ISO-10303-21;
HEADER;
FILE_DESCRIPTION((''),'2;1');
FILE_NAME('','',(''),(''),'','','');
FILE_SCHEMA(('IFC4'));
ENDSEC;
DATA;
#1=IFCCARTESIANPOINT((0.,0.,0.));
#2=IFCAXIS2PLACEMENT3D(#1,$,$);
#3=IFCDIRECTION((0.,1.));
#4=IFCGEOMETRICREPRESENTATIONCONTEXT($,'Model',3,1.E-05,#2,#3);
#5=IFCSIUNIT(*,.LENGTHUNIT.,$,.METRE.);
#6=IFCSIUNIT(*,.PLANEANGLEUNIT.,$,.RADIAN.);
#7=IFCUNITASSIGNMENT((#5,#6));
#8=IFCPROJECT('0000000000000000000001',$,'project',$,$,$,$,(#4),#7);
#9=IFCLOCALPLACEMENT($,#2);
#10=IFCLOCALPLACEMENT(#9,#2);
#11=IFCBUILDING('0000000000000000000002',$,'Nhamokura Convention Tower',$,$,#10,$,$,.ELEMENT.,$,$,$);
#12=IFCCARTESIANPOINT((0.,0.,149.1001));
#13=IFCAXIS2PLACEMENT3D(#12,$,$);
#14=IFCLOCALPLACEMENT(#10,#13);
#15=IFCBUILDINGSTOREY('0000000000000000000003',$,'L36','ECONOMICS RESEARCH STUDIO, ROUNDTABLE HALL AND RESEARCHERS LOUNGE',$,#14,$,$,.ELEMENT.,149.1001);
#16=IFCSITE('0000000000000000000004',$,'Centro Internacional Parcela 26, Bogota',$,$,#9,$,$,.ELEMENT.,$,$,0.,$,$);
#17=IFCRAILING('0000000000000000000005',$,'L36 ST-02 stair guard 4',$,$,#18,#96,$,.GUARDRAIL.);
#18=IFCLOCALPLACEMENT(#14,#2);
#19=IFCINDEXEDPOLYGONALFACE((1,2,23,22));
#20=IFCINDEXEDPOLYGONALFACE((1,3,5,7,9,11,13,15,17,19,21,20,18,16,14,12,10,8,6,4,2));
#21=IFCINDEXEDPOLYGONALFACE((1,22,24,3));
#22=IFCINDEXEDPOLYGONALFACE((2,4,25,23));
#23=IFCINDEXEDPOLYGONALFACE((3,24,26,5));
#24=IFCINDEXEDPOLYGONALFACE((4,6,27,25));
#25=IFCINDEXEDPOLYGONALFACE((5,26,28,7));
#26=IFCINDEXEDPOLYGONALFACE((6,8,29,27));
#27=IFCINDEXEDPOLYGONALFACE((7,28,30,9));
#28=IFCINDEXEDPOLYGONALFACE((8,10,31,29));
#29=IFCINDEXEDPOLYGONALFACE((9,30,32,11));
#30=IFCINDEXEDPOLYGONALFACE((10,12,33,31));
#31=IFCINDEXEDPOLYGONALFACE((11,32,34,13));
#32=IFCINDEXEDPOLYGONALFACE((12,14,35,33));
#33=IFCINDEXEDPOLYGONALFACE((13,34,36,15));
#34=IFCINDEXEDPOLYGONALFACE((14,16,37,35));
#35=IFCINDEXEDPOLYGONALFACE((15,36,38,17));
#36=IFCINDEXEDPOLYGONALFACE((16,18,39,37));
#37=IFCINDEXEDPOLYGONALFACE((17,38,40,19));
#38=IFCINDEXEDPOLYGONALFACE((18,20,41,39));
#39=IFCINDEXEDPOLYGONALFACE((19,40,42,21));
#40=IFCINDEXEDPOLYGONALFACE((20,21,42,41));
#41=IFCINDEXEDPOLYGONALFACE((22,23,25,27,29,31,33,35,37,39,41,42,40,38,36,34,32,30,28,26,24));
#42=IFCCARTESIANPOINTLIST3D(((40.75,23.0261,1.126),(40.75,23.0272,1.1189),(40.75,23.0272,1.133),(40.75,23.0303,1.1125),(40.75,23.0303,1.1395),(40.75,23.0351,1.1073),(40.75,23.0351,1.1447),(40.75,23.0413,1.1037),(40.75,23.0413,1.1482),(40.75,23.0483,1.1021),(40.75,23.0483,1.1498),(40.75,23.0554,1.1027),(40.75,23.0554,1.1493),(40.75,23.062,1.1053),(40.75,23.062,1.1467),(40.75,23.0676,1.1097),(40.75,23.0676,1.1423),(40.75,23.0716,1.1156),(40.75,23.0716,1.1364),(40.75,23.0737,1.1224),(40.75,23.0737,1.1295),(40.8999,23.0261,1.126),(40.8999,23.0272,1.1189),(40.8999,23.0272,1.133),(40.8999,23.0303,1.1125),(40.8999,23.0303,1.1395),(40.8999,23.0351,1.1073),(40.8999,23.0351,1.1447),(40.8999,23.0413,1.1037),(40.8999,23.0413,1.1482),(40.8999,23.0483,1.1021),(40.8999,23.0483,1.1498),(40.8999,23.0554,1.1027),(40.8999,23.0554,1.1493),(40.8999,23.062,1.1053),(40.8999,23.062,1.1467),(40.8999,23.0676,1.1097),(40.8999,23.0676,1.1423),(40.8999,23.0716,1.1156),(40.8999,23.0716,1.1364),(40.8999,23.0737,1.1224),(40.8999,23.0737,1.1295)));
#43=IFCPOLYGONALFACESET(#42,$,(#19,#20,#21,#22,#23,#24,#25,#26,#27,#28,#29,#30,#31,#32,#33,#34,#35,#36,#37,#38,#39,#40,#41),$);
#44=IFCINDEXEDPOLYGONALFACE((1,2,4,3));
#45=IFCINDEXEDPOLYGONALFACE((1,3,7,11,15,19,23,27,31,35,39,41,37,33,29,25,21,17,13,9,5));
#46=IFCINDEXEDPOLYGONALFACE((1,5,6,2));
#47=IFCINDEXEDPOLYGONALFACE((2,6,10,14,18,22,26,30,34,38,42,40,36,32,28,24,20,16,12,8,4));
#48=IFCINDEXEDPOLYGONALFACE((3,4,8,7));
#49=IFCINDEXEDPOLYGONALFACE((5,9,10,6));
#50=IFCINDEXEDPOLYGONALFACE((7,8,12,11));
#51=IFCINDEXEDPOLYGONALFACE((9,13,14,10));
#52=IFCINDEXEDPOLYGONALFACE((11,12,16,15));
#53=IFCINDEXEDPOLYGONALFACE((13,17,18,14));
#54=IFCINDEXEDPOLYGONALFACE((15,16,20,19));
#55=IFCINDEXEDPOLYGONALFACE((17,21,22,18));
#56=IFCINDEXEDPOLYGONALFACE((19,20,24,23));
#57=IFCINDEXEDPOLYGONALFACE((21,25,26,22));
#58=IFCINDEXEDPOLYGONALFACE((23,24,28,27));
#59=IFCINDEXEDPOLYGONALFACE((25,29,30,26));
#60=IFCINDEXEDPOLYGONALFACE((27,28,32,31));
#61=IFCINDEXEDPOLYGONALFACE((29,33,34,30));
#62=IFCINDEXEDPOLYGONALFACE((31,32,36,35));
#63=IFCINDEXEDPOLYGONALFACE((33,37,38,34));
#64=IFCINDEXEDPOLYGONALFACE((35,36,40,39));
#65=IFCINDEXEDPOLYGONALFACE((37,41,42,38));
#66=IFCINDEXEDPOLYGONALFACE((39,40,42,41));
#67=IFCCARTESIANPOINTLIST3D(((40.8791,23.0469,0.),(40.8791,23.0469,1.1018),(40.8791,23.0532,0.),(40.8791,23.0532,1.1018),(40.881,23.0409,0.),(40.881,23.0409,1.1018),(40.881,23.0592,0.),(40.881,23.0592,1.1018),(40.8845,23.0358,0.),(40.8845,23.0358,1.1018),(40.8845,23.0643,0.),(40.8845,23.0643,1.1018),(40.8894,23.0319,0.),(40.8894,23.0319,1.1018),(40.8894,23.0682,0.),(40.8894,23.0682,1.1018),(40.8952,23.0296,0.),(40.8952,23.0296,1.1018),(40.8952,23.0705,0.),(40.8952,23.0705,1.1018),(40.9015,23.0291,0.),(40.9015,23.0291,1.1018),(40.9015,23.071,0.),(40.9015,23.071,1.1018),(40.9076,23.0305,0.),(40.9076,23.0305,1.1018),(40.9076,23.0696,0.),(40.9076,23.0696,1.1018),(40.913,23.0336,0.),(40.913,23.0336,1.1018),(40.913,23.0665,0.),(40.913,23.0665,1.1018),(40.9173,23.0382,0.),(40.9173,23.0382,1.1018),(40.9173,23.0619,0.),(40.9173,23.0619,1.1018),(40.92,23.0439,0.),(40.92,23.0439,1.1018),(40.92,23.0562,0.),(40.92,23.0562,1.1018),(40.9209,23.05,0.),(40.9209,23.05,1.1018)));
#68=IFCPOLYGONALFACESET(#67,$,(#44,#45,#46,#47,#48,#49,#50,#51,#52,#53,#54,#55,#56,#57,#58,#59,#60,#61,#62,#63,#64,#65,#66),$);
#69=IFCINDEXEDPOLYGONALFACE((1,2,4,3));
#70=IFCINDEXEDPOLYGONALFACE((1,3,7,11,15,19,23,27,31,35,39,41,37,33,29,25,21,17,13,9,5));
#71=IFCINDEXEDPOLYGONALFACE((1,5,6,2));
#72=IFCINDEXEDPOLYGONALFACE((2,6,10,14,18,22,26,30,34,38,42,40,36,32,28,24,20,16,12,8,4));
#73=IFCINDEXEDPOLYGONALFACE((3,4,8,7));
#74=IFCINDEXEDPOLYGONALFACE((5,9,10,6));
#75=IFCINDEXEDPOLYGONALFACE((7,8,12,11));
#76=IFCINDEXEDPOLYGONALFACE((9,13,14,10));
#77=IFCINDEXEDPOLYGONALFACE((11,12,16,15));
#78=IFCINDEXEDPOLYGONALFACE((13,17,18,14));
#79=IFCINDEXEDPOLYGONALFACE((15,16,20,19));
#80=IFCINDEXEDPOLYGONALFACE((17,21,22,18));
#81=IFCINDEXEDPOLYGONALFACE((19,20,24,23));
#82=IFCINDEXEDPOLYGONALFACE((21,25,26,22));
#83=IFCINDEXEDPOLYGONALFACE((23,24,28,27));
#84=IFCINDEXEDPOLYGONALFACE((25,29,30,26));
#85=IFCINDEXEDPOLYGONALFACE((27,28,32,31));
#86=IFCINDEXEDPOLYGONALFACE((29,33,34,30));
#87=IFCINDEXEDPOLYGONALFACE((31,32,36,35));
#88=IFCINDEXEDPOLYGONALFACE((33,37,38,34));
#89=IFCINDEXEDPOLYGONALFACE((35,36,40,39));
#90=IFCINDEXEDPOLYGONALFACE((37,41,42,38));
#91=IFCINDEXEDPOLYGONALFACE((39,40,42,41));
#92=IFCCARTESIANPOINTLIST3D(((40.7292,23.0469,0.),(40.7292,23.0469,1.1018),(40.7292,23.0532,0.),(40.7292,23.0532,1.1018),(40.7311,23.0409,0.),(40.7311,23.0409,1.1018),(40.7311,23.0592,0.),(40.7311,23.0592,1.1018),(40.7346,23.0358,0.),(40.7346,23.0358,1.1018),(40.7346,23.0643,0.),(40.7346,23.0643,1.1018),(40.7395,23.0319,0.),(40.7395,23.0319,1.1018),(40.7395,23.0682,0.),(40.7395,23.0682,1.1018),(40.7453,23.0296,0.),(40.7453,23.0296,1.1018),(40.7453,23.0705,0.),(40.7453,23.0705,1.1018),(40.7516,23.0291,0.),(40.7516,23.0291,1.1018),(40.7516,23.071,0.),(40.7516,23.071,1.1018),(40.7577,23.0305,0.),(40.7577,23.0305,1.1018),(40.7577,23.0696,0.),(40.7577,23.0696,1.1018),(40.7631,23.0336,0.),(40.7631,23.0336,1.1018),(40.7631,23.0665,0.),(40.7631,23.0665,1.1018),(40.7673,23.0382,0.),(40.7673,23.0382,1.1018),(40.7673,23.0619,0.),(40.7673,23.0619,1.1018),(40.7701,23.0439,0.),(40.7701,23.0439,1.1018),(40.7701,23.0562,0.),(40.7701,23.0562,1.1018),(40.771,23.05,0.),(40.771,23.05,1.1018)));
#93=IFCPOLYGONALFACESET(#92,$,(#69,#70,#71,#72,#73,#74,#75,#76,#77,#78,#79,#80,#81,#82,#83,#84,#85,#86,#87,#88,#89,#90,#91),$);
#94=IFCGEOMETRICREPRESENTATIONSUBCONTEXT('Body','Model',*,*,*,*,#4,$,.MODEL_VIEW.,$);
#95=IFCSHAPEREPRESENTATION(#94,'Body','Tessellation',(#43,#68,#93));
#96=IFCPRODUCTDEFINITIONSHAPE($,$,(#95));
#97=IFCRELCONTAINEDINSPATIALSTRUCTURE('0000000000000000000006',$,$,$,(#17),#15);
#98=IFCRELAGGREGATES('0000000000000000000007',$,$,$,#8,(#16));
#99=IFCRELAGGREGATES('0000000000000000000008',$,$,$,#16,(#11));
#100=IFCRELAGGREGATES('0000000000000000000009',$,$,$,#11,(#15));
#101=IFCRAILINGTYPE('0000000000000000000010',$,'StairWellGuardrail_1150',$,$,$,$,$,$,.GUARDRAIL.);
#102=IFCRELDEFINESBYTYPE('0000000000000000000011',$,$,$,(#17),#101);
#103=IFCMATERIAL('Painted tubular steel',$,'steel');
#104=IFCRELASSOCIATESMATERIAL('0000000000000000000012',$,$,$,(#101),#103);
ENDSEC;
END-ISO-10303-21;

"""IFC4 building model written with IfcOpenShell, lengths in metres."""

from ifc_helpers import new_model, si_unit, direction, frame, origin, origin_2d, place, context, subcontext, project, spatial, circle, extrude, material, type_object, element, save


model = new_model("IFC4")

# Units and contexts
model_context = context("Model", 3, precision=1e-05, world=origin(), true_north=direction((0.0, 1.0)))
body_context = subcontext(model_context, "Body", "Model", "MODEL_VIEW")
ifc_project = project(units=[si_unit("LENGTHUNIT", "METRE"), si_unit("PLANEANGLEUNIT", "RADIAN")], contexts=[model_context])

# Site, building, storey
site_placement = place(None, origin())
site = spatial("IfcSite", under=ifc_project, at=site_placement, Name="Centro Internacional Parcela 26, Bogota", CompositionType="ELEMENT", RefElevation=0.0)
building_placement = place(site_placement, origin())
building = spatial("IfcBuilding", under=site, at=building_placement, Name="Nhamokura Convention Tower", CompositionType="ELEMENT")
storey_placement = place(building_placement, frame((0.0, 0.0, 149.1001)))
storey = spatial("IfcBuildingStorey", under=building, at=storey_placement, Name="L36", Description="ECONOMICS RESEARCH STUDIO, ROUNDTABLE HALL AND RESEARCHERS LOUNGE", CompositionType="ELEMENT", Elevation=149.1001)

# Railing
ifc_material_1 = material(Name="Painted tubular steel", Category="steel")
railing_type_1 = type_object("IfcRailingType", Name="StairWellGuardrail_1150", PredefinedType="GUARDRAIL", material=ifc_material_1)
railing_1_placement = place(storey_placement, frame((40.8999, 23.05, 0.0)))
element("IfcRailing", 1, at=railing_1_placement, inside=storey, type_object=railing_type_1, Name="L36 ST-02 stair guard 4", PredefinedType="GUARDRAIL", context=body_context, shape_type="SweptSolid", body=[
    extrude(circle(Radius=0.0239, at=origin_2d()), frame((0.0, 0.0, 1.126), z_axis=(-1.0, 0.0, 0.0), x_axis=(0.0, -1.0, 0.0)), (0.0, 0.0, 1.0), 0.1499),
    extrude(circle(Radius=0.021, at=origin_2d()), origin(), (0.0, 0.0, 1.0), 1.1018),
    extrude(circle(Radius=0.021, at=origin_2d()), frame((-0.1499, 0.0, 0.0)), (0.0, 0.0, 1.0), 1.1018),
])

save(model, "model.ifc")
